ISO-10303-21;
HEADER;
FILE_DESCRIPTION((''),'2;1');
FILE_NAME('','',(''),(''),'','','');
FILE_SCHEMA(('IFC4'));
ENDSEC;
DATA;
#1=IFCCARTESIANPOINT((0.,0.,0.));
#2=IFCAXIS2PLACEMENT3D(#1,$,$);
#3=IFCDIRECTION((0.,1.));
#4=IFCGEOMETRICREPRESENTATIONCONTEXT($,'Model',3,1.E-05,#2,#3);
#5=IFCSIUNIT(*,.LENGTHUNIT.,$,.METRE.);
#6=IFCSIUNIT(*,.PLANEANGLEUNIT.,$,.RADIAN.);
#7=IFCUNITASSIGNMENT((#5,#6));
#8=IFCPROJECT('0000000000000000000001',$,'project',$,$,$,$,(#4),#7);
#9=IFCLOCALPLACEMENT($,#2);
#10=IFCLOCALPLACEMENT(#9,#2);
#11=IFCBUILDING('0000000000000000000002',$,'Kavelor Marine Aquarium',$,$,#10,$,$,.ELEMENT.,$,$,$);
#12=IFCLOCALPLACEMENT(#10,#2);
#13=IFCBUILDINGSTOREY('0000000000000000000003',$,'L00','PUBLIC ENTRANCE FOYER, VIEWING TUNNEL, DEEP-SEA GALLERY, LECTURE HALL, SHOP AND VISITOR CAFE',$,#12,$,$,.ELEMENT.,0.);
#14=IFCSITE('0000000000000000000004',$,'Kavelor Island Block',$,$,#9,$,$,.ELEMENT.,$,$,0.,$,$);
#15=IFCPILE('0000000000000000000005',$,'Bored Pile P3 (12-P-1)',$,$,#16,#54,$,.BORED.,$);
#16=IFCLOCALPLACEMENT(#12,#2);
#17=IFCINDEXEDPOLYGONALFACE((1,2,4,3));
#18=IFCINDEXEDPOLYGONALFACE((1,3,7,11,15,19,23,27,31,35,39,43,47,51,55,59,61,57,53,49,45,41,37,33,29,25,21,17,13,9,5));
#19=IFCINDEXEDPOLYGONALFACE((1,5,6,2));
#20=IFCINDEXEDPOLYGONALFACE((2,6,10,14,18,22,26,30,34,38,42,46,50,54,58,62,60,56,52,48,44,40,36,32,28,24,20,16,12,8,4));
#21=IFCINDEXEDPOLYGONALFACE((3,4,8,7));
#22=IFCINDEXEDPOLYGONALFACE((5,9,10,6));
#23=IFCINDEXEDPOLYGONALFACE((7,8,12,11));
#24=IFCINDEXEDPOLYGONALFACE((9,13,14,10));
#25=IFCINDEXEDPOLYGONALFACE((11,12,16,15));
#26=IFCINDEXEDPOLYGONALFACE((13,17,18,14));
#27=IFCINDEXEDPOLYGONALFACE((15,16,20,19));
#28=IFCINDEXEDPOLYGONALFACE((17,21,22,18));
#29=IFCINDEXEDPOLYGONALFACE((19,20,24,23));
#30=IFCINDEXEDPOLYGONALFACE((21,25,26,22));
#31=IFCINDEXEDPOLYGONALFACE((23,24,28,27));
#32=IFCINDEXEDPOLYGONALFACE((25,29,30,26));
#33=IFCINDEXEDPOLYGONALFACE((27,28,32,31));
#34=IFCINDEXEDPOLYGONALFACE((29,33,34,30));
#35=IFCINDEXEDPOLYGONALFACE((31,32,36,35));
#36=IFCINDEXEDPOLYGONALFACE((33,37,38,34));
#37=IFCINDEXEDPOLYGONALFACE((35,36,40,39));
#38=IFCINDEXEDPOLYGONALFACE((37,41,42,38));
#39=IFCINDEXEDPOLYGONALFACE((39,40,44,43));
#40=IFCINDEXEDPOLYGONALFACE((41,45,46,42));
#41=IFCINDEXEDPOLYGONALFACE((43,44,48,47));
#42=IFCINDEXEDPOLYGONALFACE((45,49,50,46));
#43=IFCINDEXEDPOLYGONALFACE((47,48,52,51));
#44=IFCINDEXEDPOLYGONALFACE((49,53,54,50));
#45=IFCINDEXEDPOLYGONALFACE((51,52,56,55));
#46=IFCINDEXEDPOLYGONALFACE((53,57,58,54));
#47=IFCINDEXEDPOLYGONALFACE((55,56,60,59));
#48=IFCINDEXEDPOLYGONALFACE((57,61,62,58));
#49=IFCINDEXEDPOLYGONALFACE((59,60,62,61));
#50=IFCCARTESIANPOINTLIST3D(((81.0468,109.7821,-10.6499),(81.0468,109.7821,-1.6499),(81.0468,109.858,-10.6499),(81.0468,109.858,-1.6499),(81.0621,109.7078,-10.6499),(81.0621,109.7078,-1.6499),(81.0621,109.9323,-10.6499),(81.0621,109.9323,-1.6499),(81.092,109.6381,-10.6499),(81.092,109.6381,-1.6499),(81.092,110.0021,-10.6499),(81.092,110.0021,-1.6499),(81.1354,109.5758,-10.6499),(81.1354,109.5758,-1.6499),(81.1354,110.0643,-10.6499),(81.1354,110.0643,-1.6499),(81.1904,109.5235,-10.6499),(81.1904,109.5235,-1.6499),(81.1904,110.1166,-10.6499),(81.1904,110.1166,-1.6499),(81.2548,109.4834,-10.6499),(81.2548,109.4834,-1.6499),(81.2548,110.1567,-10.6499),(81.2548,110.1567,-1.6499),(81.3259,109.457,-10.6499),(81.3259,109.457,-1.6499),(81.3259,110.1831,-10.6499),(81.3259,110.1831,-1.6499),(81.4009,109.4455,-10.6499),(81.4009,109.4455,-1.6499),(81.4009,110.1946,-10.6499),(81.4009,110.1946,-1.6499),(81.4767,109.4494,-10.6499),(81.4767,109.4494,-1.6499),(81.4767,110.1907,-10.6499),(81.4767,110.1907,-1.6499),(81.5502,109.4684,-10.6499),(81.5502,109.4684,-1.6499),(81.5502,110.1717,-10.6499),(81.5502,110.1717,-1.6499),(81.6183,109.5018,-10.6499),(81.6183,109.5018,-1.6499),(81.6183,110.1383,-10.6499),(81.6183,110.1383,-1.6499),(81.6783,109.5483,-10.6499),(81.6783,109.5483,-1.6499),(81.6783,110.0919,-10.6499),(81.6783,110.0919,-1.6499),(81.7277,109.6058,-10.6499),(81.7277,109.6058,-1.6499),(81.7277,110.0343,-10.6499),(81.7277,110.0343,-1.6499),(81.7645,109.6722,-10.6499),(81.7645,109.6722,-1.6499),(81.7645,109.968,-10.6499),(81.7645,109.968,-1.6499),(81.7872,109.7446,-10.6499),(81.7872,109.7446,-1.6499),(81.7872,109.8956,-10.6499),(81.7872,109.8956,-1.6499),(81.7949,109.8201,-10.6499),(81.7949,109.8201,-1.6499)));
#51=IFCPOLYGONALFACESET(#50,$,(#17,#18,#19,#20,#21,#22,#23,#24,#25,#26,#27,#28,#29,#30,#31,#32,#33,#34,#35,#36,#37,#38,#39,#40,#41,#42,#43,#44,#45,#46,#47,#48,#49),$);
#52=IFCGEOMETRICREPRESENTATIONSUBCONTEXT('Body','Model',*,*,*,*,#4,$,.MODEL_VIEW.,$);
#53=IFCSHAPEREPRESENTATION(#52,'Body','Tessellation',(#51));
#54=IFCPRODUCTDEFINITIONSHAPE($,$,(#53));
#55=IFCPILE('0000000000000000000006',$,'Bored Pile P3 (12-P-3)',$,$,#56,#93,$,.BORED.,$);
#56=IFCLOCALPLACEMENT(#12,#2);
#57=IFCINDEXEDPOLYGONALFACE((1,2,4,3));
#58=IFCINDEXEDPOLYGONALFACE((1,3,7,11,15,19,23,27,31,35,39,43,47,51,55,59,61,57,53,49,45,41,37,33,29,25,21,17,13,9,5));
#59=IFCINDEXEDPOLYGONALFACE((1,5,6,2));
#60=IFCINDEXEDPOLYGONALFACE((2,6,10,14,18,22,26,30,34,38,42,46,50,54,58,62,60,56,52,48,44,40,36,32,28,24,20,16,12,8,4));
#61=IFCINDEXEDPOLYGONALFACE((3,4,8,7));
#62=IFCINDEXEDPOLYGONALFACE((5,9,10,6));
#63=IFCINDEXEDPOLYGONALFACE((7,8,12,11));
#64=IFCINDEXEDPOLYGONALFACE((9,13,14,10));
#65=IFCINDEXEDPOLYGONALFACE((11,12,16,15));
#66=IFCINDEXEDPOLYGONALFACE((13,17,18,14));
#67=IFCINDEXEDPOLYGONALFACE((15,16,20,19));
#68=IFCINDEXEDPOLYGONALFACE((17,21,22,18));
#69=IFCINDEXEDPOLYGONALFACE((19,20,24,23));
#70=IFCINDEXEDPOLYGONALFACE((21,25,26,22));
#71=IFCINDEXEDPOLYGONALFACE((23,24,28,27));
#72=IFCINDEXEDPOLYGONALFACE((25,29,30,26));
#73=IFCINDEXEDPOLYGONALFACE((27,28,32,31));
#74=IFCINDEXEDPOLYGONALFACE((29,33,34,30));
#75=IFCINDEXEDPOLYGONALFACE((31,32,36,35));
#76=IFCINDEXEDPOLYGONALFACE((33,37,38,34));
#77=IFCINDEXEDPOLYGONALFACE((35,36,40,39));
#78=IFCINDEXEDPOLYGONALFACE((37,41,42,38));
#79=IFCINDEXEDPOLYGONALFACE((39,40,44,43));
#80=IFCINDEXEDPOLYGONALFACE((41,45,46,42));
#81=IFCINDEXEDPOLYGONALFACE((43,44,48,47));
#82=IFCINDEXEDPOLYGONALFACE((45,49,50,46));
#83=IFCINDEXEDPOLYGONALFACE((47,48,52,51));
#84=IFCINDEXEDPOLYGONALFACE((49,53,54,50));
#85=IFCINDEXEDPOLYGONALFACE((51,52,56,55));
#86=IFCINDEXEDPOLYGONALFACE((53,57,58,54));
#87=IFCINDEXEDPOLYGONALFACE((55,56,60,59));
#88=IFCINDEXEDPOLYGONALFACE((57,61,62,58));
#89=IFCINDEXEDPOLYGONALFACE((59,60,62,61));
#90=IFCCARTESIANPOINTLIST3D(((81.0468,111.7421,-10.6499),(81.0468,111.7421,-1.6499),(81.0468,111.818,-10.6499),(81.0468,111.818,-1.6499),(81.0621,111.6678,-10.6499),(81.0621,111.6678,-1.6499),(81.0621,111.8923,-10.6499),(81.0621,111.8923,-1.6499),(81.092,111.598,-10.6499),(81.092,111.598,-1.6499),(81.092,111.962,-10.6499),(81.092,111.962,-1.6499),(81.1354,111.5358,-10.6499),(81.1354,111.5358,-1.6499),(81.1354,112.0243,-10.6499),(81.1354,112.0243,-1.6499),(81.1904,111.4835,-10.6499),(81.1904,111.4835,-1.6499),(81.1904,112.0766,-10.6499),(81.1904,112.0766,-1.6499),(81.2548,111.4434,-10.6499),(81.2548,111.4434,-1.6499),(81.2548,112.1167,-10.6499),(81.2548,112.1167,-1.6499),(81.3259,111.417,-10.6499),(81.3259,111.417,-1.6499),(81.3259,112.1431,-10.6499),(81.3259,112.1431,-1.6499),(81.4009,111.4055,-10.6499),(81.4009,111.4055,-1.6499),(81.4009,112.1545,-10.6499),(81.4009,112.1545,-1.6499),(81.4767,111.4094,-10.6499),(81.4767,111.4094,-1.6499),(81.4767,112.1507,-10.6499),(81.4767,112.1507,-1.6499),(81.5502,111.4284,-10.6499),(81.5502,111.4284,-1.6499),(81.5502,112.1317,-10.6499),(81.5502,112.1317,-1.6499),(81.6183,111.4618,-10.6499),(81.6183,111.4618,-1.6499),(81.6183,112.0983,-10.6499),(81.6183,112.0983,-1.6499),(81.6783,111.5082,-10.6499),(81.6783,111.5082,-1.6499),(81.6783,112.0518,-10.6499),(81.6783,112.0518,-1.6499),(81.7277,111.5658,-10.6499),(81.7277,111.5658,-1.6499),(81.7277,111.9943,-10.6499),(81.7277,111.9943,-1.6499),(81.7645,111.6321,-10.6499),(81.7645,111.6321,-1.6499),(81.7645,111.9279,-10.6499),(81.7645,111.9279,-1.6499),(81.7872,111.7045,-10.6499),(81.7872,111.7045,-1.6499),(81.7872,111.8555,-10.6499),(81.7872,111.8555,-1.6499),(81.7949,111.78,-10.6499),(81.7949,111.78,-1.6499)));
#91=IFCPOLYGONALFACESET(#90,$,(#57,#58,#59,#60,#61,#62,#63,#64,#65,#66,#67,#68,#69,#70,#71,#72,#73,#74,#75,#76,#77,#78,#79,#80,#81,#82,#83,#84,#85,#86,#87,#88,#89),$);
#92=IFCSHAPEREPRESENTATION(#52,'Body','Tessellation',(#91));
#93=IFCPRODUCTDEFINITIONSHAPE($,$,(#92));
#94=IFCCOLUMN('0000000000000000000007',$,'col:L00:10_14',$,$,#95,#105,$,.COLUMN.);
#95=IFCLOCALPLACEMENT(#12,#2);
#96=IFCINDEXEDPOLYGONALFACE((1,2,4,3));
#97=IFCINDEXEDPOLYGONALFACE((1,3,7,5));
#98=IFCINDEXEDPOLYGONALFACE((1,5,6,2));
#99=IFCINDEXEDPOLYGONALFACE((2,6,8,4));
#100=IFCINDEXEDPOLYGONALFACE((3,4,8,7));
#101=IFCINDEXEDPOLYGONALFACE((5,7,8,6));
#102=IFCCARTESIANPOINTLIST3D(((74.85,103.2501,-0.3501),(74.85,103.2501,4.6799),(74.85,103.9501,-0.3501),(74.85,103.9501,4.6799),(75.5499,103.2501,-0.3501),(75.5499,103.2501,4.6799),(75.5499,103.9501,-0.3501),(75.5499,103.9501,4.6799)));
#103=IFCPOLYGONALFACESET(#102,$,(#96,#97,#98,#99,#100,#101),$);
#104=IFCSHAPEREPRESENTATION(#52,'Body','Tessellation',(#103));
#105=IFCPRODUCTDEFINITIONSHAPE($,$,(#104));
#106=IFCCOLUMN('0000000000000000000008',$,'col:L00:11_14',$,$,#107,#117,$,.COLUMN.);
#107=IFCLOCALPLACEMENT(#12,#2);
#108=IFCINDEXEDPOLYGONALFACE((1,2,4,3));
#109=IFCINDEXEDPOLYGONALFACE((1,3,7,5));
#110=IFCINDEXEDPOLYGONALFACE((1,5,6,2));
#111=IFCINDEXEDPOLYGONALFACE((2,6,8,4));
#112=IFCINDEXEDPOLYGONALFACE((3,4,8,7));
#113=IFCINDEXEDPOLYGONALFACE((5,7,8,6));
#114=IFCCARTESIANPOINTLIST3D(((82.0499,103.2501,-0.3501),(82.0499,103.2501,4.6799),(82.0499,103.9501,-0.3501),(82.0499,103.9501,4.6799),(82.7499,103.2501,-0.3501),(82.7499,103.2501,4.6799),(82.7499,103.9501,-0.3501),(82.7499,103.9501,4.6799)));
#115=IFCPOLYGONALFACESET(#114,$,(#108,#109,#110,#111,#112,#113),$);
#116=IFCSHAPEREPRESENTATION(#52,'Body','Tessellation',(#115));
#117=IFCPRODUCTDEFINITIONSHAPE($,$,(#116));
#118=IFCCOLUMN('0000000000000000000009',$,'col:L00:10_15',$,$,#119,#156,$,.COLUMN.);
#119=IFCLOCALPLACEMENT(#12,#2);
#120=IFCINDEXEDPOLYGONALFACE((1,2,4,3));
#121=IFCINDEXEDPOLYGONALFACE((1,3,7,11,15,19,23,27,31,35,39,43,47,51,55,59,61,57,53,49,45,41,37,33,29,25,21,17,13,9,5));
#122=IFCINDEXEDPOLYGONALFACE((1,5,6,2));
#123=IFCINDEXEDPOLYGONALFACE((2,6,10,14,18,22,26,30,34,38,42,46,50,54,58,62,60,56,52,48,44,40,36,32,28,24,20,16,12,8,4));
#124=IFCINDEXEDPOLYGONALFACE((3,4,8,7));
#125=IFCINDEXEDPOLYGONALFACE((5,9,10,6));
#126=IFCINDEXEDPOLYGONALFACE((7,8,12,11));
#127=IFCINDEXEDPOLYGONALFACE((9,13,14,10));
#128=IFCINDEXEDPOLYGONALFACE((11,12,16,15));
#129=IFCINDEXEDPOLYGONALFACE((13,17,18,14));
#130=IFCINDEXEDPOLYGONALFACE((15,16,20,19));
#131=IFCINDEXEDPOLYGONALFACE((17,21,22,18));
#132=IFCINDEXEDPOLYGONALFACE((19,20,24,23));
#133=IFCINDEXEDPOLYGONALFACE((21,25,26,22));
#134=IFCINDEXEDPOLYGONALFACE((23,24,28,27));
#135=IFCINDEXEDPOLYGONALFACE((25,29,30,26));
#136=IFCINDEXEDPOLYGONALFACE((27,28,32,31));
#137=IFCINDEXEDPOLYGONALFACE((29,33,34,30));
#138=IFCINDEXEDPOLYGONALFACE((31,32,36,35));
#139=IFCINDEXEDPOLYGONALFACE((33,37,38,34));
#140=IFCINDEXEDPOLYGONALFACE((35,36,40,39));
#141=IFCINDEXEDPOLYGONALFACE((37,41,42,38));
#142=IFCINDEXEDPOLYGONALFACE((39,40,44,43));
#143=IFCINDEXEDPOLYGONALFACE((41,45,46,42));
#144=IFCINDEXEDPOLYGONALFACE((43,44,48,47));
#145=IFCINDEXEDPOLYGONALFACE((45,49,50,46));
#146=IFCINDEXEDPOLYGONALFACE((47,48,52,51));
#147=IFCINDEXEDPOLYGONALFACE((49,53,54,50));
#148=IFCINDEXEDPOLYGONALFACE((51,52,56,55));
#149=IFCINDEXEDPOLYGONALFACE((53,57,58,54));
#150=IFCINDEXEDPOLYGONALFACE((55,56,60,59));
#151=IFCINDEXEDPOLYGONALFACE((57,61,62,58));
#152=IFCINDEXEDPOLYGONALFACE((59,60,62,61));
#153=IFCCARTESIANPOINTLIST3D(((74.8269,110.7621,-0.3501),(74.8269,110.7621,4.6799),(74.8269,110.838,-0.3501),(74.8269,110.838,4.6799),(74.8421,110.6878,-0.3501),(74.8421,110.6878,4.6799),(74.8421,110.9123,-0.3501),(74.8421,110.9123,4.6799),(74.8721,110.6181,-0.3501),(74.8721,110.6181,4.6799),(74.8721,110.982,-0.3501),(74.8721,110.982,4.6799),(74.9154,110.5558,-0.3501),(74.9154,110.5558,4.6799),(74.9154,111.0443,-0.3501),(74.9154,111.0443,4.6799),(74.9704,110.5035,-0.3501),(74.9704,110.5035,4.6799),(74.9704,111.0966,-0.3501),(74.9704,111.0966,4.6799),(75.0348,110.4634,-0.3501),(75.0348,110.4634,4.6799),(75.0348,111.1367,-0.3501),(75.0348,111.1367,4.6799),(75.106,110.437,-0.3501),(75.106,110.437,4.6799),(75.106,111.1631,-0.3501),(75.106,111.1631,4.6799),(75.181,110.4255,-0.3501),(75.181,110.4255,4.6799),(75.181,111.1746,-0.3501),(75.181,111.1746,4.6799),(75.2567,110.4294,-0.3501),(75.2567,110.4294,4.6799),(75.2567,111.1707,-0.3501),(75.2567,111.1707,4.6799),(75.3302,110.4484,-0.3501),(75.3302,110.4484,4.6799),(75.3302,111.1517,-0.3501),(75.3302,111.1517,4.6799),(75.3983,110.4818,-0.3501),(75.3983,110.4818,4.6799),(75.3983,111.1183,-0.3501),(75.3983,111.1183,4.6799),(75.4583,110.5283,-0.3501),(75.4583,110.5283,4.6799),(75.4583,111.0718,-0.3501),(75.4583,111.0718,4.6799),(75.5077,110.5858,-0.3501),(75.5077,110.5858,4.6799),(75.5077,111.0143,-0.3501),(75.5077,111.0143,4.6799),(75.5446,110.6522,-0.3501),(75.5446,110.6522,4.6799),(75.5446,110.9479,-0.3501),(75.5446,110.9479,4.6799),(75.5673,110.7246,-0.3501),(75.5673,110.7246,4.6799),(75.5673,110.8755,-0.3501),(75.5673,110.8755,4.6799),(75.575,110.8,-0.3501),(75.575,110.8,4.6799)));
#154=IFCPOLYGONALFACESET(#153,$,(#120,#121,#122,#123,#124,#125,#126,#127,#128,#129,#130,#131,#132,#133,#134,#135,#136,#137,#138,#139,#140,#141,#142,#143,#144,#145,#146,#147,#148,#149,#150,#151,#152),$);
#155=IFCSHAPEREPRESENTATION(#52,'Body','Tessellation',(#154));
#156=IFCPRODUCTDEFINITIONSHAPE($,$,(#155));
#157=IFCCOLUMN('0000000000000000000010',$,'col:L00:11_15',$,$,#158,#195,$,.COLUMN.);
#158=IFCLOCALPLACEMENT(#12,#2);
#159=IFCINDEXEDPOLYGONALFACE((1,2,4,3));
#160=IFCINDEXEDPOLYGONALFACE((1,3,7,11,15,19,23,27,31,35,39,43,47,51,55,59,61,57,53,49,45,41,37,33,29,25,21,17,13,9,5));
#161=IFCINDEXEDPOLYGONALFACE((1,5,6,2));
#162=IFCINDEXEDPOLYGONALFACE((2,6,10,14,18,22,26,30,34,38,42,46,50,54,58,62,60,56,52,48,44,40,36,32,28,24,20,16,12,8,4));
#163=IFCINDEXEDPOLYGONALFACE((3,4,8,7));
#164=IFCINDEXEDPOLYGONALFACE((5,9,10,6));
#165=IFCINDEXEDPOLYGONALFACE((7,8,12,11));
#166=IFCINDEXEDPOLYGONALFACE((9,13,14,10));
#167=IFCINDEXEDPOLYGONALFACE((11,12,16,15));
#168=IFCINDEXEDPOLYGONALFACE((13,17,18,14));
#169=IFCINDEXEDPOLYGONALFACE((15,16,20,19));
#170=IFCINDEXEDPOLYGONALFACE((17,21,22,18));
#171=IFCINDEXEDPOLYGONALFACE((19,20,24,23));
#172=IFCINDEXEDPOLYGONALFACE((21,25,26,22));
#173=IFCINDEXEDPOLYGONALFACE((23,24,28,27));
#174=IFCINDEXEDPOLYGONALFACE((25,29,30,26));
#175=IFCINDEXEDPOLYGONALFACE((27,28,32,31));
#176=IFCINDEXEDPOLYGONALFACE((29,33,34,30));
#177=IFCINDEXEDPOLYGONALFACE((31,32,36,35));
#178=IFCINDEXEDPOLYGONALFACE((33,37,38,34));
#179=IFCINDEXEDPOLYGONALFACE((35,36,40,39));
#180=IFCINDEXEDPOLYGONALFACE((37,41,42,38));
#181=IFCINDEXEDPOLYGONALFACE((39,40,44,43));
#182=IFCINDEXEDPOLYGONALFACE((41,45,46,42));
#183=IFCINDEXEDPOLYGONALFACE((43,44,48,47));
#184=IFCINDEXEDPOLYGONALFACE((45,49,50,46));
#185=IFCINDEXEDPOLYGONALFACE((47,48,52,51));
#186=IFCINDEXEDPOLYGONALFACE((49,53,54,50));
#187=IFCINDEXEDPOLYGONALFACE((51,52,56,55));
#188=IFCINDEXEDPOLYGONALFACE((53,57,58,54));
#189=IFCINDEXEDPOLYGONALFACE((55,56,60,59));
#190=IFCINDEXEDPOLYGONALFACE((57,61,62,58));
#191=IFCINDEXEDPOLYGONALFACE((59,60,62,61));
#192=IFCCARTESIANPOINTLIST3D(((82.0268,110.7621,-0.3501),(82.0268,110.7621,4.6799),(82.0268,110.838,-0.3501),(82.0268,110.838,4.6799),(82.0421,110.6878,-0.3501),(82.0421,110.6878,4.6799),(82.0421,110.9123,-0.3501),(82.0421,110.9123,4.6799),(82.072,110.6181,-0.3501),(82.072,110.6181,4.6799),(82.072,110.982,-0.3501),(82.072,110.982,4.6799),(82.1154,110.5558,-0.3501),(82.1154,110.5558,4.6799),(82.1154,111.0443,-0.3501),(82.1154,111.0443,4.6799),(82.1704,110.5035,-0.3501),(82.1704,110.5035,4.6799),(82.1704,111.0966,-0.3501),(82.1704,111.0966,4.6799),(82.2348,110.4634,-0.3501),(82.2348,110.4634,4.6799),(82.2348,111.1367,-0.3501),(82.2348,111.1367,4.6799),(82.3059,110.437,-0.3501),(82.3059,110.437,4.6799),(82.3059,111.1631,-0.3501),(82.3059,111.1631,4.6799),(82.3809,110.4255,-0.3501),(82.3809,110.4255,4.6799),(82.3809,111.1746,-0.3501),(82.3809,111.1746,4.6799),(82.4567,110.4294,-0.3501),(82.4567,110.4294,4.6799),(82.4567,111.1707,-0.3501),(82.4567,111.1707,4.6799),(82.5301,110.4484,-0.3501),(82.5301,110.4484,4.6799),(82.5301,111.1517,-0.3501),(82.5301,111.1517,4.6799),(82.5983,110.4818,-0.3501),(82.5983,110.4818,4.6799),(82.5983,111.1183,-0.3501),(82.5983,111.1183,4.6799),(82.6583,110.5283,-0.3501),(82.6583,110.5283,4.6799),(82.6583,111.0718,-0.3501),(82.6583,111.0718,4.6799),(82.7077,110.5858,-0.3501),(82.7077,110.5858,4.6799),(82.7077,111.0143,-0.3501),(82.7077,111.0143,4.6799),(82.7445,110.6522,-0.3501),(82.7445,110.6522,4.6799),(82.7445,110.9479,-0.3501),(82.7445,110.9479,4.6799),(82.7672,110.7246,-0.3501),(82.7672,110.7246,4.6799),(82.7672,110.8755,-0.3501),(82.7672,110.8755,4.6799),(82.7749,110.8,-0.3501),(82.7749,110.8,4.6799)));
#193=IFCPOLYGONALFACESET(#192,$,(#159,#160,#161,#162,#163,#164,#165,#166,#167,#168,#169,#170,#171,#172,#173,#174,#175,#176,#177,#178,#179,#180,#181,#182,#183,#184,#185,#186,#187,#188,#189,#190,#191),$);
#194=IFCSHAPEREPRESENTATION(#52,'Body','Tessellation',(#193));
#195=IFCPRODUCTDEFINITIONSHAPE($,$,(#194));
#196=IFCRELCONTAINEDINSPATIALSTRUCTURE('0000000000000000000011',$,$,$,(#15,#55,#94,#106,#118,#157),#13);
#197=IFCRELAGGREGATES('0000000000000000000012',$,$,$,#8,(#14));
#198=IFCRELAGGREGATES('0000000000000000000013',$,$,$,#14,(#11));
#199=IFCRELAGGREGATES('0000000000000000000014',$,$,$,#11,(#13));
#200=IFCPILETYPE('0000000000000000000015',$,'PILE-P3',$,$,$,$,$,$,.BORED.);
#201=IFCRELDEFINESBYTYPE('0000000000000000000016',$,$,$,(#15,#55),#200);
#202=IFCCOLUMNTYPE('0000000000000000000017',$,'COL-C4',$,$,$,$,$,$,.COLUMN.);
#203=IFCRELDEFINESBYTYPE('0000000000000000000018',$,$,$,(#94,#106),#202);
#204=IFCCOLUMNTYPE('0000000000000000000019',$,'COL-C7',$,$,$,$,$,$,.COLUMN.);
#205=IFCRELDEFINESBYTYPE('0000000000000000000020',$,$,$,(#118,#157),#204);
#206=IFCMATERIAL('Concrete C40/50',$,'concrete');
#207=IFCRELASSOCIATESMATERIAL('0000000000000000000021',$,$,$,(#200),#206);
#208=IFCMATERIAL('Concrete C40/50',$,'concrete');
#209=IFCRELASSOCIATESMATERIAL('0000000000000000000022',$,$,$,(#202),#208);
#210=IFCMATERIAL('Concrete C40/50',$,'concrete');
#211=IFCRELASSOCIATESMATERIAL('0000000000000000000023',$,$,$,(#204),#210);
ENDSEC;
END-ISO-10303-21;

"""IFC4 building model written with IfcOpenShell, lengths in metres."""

from ifc_helpers import new_model, si_unit, direction, frame, origin, origin_2d, place, context, subcontext, project, spatial, rectangle, circle, extrude, material, material_profile, profile_set, type_object, element, save


model = new_model("IFC4")

# Units and contexts
model_context = context("Model", 3, precision=1e-05, world=origin(), true_north=direction((0.0, 1.0)))
body_context = subcontext(model_context, "Body", "Model", "MODEL_VIEW")
ifc_project = project(units=[si_unit("LENGTHUNIT", "METRE"), si_unit("PLANEANGLEUNIT", "RADIAN")], contexts=[model_context])

# Site, building, storey
site_placement = place(None, origin())
site = spatial("IfcSite", under=ifc_project, at=site_placement, Name="Kavelor Island Block", CompositionType="ELEMENT", RefElevation=0.0)
building_placement = place(site_placement, origin())
building = spatial("IfcBuilding", under=site, at=building_placement, Name="Kavelor Marine Aquarium", CompositionType="ELEMENT")
storey_placement = place(building_placement, origin())
storey = spatial("IfcBuildingStorey", under=building, at=storey_placement, Name="L00", Description="PUBLIC ENTRANCE FOYER, VIEWING TUNNEL, DEEP-SEA GALLERY, LECTURE HALL, SHOP AND VISITOR CAFE", CompositionType="ELEMENT", Elevation=0.0)

# Piles
ifc_material_1 = material(Name="Concrete C40/50", Category="concrete")
ifc_material_profile_1 = material_profile(ifc_material_1, circle(Radius=0.375, at=origin_2d()), Name="PILE D750")
ifc_profile_set_1 = profile_set([ifc_material_profile_1], Name="Concrete C40/50")
pile_type_1 = type_object("IfcPileType", Name="PILE-P3", PredefinedType="BORED", material=ifc_profile_set_1)
for number, where, z_axis, x_axis, name in (
    (1, (81.4199, 109.8201, -1.6499), (0.0, 0.0, -1.0), (1.0, 0.0, 0.0), "Bored Pile P3 (12-P-1)"),
    (2, (81.4199, 111.78, -1.6499), (0.0, 0.0, -1.0), (1.0, 0.0, 0.0), "Bored Pile P3 (12-P-3)"),
):
    element("IfcPile", number, at=place(storey_placement, frame(where, z_axis=z_axis, x_axis=x_axis)), inside=storey, type_object=pile_type_1, Name=name, PredefinedType="BORED", context=body_context, shape_type="SweptSolid", body=[
        extrude(circle(Radius=0.375, at=origin_2d()), origin(), (0.0, 0.0, 1.0), 9.0),
    ])

# Columns
ifc_material_2 = material(Name="Concrete C40/50", Category="concrete")
ifc_material_profile_2 = material_profile(ifc_material_2, rectangle(XDim=0.7, YDim=0.7, at=origin_2d()), Name="RC-COL 700x700")
ifc_profile_set_2 = profile_set([ifc_material_profile_2], Name="Concrete C40/50")
column_type_1 = type_object("IfcColumnType", Name="COL-C4", PredefinedType="COLUMN", material=ifc_profile_set_2)
for number, where, z_axis, x_axis, name in (
    (3, (75.2, 103.6001, -0.3501), (0.0, 0.0, 1.0), (1.0, 0.0, 0.0), "col:L00:10_14"),
    (4, (82.3999, 103.6001, -0.3501), (0.0, 0.0, 1.0), (1.0, 0.0, 0.0), "col:L00:11_14"),
):
    element("IfcColumn", number, at=place(storey_placement, frame(where, z_axis=z_axis, x_axis=x_axis)), inside=storey, type_object=column_type_1, Name=name, PredefinedType="COLUMN", context=body_context, shape_type="SweptSolid", body=[
        extrude(rectangle(XDim=0.7, YDim=0.7, at=origin_2d()), origin(), (0.0, 0.0, 1.0), 5.03),
    ])
ifc_material_3 = material(Name="Concrete C40/50", Category="concrete")
ifc_material_profile_3 = material_profile(ifc_material_3, circle(Radius=0.375, at=origin_2d()), Name="RC-COL D750")
ifc_profile_set_3 = profile_set([ifc_material_profile_3], Name="Concrete C40/50")
column_type_2 = type_object("IfcColumnType", Name="COL-C7", PredefinedType="COLUMN", material=ifc_profile_set_3)
for number, where, z_axis, x_axis, name in (
    (5, (75.2, 110.8, -0.3501), (0.0, 0.0, 1.0), (1.0, 0.0, 0.0), "col:L00:10_15"),
    (6, (82.3999, 110.8, -0.3501), (0.0, 0.0, 1.0), (1.0, 0.0, 0.0), "col:L00:11_15"),
):
    element("IfcColumn", number, at=place(storey_placement, frame(where, z_axis=z_axis, x_axis=x_axis)), inside=storey, type_object=column_type_2, Name=name, PredefinedType="COLUMN", context=body_context, shape_type="SweptSolid", body=[
        extrude(circle(Radius=0.375, at=origin_2d()), origin(), (0.0, 0.0, 1.0), 5.03),
    ])

save(model, "model.ifc")
